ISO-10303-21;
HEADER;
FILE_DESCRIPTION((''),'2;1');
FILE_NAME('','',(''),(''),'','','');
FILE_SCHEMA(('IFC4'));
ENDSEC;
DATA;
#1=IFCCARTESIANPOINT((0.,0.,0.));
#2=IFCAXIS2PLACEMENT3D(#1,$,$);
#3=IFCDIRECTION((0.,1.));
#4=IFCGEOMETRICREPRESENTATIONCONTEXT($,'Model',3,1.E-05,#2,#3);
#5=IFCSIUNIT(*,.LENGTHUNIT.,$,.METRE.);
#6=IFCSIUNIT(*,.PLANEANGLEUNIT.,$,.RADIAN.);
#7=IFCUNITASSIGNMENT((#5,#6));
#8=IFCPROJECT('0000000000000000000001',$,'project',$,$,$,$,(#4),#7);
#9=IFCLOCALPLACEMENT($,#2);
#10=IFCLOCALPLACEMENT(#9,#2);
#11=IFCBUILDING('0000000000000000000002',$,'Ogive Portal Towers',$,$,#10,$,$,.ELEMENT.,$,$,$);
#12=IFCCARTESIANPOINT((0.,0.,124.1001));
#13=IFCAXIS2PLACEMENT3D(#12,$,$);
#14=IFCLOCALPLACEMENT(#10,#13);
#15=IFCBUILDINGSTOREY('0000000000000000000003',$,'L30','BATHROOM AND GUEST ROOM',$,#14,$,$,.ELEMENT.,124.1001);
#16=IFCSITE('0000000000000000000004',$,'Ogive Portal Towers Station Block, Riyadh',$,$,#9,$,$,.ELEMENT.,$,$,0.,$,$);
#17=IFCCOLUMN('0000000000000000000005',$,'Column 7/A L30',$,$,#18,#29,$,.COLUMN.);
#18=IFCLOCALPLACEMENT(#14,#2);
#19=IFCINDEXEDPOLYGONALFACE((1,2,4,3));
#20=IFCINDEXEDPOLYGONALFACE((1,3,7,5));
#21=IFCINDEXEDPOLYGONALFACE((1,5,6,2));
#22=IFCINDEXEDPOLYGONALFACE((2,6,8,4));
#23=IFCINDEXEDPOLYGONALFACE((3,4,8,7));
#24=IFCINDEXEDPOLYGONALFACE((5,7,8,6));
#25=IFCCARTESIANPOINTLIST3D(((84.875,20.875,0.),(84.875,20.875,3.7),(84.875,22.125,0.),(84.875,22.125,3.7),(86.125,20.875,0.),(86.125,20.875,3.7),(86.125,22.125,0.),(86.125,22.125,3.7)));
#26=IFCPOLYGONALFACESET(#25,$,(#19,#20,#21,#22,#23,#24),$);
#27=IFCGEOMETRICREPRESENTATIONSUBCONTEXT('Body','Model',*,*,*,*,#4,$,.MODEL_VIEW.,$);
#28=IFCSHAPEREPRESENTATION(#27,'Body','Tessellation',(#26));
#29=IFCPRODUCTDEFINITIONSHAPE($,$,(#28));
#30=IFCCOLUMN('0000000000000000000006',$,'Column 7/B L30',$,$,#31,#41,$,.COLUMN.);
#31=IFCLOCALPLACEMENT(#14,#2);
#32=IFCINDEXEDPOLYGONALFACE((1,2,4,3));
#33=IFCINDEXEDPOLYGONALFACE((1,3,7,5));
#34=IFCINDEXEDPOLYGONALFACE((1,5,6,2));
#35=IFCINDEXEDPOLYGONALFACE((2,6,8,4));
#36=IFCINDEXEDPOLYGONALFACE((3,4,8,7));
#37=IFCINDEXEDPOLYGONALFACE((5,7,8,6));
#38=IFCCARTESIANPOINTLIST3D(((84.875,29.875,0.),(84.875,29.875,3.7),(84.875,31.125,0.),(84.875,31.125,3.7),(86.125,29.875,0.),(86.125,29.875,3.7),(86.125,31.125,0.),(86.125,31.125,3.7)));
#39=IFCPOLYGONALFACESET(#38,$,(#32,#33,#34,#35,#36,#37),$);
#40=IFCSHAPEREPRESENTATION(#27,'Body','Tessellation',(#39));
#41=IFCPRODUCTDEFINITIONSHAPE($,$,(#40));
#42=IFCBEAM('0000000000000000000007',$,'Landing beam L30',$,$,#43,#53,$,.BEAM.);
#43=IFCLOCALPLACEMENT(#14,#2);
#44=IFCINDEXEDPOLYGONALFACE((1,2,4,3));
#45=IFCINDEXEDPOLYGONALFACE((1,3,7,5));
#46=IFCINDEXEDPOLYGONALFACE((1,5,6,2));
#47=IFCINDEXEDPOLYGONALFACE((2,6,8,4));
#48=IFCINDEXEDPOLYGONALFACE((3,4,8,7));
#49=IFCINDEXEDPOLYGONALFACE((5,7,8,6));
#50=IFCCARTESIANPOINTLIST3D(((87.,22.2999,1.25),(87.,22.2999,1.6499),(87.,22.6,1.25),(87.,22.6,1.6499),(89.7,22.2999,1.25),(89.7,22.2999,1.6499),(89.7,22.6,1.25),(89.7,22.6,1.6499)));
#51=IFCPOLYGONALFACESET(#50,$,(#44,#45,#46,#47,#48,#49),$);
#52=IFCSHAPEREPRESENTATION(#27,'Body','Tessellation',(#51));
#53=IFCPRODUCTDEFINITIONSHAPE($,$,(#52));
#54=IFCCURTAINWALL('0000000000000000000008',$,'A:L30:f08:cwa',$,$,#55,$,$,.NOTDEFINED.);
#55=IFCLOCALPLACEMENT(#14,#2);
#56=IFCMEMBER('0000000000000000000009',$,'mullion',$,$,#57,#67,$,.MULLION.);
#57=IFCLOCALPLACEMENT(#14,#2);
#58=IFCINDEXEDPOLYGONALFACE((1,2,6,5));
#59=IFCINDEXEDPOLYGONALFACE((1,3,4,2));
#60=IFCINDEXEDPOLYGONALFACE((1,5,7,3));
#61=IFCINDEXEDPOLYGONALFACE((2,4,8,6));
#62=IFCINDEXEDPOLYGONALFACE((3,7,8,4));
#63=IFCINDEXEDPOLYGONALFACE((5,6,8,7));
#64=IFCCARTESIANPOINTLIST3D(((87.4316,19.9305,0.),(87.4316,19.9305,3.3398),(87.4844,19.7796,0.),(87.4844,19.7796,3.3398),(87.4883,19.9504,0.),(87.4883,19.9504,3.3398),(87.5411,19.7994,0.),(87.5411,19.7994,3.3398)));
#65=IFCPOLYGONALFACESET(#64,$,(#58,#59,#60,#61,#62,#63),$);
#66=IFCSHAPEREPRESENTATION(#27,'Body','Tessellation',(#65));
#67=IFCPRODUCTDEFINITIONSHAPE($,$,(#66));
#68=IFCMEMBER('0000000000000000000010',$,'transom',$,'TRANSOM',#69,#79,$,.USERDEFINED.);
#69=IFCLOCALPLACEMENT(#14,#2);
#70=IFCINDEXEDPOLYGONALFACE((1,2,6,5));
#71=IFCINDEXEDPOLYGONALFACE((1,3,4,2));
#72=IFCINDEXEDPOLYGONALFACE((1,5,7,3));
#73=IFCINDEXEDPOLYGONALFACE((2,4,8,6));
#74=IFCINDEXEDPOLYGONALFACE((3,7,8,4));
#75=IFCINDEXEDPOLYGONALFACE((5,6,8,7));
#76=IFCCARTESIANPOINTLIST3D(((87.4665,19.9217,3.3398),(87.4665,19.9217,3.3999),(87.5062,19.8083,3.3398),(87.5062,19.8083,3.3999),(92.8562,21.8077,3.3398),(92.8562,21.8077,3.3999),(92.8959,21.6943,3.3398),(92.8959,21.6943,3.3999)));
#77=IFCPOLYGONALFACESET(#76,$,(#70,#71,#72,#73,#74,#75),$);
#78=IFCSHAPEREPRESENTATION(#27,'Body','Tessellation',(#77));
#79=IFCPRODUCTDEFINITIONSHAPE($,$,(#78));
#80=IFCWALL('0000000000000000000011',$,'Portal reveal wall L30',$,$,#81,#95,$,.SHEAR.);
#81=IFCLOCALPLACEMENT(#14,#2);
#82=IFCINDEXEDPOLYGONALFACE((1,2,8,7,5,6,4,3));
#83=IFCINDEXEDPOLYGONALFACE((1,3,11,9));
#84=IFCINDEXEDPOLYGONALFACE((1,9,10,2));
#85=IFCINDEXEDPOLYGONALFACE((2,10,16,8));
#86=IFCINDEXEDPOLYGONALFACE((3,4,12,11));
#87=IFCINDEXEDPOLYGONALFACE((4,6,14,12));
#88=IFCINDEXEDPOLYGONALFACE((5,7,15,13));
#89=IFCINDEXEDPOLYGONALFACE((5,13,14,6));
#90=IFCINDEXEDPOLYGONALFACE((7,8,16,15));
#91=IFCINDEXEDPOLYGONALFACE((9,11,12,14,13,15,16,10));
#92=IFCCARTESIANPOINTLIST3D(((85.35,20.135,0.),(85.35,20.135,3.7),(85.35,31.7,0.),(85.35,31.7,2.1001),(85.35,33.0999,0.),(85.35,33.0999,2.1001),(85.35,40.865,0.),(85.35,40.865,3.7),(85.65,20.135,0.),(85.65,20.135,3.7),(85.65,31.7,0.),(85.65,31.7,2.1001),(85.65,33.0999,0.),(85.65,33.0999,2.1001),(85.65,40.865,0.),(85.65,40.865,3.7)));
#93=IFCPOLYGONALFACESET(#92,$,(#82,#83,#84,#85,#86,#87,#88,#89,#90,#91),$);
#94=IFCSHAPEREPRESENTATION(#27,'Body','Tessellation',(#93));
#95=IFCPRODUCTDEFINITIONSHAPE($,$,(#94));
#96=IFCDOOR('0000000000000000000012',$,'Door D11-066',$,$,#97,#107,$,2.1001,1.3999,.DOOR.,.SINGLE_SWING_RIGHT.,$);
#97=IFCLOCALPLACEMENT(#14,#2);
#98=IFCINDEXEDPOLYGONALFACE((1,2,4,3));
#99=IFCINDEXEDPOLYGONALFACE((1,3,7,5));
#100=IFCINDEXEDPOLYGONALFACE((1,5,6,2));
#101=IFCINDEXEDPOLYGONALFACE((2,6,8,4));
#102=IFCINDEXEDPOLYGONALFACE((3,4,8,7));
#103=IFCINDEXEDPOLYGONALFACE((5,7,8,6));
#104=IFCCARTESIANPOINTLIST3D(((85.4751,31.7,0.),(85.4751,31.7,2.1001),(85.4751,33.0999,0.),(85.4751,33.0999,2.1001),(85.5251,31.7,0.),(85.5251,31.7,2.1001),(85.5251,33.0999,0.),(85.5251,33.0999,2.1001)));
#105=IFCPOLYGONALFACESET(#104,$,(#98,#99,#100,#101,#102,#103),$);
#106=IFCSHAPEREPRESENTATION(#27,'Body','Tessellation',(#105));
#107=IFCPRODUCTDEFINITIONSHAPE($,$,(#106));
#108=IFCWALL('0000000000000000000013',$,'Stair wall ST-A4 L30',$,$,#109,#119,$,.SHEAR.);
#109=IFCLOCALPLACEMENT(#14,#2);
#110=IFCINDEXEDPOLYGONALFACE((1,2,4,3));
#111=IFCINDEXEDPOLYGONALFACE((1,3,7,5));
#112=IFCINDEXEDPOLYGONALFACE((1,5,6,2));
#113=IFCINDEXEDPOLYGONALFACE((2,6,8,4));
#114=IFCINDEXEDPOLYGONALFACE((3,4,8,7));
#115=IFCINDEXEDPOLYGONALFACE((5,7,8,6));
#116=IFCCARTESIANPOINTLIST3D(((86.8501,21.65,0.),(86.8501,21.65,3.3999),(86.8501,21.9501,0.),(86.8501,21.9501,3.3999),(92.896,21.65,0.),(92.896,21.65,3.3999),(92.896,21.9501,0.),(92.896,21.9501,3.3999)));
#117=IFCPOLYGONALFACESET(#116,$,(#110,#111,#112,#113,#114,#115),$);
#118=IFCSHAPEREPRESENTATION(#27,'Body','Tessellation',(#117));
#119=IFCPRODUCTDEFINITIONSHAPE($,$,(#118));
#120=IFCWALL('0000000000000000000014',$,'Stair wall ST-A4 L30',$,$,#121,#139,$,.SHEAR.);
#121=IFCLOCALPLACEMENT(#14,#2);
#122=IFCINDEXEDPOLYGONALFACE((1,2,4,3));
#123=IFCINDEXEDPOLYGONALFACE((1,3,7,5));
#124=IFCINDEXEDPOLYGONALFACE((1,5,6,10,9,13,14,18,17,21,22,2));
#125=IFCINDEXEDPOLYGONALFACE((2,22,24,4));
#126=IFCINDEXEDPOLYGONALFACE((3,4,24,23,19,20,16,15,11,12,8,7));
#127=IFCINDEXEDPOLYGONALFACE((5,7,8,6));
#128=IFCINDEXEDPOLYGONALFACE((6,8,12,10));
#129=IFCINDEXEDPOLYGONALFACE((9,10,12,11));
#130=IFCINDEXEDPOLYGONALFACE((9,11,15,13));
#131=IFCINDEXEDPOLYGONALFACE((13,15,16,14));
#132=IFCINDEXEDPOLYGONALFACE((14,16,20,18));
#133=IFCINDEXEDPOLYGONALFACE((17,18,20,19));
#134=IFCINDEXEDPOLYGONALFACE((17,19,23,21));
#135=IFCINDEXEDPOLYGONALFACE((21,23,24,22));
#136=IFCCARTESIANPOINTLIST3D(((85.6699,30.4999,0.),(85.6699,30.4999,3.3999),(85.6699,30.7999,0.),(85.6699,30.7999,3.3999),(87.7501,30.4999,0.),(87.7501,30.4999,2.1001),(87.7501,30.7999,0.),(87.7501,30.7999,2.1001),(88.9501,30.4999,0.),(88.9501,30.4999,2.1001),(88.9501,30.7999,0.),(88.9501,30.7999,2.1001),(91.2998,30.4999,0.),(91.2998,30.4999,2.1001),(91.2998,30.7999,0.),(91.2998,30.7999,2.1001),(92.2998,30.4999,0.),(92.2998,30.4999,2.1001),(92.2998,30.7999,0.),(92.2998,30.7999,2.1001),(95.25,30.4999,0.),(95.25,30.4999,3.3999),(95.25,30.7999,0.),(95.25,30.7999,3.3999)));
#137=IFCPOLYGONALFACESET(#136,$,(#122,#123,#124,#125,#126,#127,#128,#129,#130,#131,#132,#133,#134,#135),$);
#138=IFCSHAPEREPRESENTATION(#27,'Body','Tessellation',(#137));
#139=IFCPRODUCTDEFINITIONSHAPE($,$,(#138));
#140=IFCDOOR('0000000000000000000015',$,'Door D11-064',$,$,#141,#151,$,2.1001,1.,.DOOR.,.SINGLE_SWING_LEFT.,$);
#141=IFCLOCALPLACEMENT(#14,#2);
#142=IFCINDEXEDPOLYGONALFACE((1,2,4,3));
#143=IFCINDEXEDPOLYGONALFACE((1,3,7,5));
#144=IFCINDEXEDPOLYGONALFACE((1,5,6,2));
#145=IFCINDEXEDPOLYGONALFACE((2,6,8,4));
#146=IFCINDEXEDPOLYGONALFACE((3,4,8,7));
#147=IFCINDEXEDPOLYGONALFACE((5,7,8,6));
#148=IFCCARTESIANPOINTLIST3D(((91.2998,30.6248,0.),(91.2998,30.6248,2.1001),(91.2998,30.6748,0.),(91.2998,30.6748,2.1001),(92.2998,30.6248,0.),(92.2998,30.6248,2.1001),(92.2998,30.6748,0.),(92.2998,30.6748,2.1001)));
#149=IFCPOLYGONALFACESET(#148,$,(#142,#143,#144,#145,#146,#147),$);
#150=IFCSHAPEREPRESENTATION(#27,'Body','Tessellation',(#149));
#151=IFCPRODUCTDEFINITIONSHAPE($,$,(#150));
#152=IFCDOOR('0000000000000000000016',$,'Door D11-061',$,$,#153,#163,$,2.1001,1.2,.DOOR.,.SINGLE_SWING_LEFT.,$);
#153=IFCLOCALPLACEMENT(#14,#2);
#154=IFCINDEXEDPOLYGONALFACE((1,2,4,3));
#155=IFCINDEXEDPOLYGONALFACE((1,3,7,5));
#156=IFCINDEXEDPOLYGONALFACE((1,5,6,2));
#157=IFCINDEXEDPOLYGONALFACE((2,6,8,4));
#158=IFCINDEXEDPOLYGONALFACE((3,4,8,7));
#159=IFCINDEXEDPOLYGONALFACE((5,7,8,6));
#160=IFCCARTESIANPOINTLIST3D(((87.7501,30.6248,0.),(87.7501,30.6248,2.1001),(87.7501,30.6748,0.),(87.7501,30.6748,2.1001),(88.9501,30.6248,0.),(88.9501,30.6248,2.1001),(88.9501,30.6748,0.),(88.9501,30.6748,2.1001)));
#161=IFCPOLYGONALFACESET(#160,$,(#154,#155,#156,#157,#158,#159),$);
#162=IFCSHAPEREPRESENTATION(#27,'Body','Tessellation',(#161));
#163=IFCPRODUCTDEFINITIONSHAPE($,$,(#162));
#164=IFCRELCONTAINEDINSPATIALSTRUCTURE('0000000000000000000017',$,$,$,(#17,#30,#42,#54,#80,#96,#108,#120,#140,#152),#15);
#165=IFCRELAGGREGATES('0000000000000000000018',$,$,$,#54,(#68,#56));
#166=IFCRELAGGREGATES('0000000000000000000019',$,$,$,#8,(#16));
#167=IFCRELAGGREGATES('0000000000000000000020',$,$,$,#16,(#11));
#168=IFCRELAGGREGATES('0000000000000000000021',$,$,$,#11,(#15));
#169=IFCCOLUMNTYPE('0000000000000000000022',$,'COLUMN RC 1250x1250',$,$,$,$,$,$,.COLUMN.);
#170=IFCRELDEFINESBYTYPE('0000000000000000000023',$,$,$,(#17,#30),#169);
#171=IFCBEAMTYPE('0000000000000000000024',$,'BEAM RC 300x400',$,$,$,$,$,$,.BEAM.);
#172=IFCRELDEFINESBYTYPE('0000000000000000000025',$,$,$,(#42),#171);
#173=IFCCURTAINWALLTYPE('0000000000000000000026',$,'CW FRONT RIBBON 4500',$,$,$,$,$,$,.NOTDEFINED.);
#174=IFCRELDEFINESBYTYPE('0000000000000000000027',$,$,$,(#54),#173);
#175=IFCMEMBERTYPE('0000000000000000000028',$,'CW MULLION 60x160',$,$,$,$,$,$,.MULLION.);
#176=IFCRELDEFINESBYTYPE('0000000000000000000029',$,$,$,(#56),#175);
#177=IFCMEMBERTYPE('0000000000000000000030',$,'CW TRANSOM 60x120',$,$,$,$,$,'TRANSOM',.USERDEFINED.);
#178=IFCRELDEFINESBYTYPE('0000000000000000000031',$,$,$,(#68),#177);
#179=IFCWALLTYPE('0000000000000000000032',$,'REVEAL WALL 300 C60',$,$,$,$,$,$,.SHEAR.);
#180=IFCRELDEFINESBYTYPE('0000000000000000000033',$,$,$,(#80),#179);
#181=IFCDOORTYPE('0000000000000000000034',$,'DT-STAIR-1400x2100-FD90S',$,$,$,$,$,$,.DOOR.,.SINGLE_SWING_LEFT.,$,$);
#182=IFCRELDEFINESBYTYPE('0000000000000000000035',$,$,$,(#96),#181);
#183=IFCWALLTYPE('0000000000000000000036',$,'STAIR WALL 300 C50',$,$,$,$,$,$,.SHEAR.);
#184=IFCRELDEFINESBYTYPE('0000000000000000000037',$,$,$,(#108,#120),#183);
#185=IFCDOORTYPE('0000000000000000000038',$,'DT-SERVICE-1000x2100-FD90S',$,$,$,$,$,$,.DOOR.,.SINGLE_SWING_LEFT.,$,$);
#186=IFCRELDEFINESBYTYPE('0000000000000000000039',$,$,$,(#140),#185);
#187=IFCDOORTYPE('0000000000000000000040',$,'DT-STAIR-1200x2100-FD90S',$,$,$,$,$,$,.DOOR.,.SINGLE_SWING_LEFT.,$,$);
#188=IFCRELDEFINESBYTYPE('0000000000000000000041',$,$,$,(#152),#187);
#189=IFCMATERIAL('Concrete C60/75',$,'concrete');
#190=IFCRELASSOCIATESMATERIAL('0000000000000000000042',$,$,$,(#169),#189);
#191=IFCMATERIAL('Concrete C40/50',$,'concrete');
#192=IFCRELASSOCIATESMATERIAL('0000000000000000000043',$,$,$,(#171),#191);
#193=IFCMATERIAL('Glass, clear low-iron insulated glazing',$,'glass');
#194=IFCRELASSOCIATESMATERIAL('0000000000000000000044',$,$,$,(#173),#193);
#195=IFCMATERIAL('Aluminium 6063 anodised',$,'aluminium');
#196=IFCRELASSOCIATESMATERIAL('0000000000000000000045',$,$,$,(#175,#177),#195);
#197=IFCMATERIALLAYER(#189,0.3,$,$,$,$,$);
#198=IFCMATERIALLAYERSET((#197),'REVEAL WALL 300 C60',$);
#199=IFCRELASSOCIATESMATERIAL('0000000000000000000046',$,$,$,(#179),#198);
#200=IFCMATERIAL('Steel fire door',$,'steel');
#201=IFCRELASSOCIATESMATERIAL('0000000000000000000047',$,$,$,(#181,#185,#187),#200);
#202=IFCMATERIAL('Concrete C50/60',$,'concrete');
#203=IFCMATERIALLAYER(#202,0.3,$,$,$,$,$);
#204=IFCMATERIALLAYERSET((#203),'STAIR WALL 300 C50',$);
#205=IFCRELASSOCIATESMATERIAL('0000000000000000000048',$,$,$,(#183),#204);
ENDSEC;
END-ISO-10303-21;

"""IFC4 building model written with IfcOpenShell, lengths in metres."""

from ifc_helpers import new_model, si_unit, direction, frame, frame_2d, origin, origin_2d, place, context, subcontext, project, spatial, rectangle, extrude, material, layer, layer_set, material_profile, profile_set, type_object, element, fill, aggregate, save


model = new_model("IFC4")

# Units and contexts
model_context = context("Model", 3, precision=1e-05, world=origin(), true_north=direction((0.0, 1.0)))
body_context = subcontext(model_context, "Body", "Model", "MODEL_VIEW")
ifc_project = project(units=[si_unit("LENGTHUNIT", "METRE"), si_unit("PLANEANGLEUNIT", "RADIAN")], contexts=[model_context])

# Site, building, storey
site_placement = place(None, origin())
site = spatial("IfcSite", under=ifc_project, at=site_placement, Name="Ogive Portal Towers Station Block, Riyadh", CompositionType="ELEMENT", RefElevation=0.0)
building_placement = place(site_placement, origin())
building = spatial("IfcBuilding", under=site, at=building_placement, Name="Ogive Portal Towers", CompositionType="ELEMENT")
storey_placement = place(building_placement, frame((0.0, 0.0, 124.1001)))
storey = spatial("IfcBuildingStorey", under=building, at=storey_placement, Name="L30", Description="BATHROOM AND GUEST ROOM", CompositionType="ELEMENT", Elevation=124.1001)

# Columns
ifc_material_1 = material(Name="Concrete C60/75", Category="concrete")
ifc_material_profile_1 = material_profile(ifc_material_1, rectangle(XDim=1.25, YDim=1.25, at=origin_2d()), Name="RC 1250x1250")
ifc_profile_set_1 = profile_set([ifc_material_profile_1], Name="Concrete C60/75")
column_type = type_object("IfcColumnType", Name="COLUMN RC 1250x1250", PredefinedType="COLUMN", material=ifc_profile_set_1)
for number, where, z_axis, x_axis, name in (
    (1, (85.5, 21.5, 0.0), (0.0, 0.0, 1.0), (1.0, 0.0, 0.0), "Column 7/A L30"),
    (2, (85.5, 30.5, 0.0), (0.0, 0.0, 1.0), (1.0, 0.0, 0.0), "Column 7/B L30"),
):
    element("IfcColumn", number, at=place(storey_placement, frame(where, z_axis=z_axis, x_axis=x_axis)), inside=storey, type_object=column_type, Name=name, PredefinedType="COLUMN", context=body_context, shape_type="SweptSolid", body=[
        extrude(rectangle(XDim=1.25, YDim=1.25, at=origin_2d()), origin(), (0.0, 0.0, 1.0), 3.7),
    ])

# Beam
ifc_material_2 = material(Name="Concrete C40/50", Category="concrete")
ifc_material_profile_2 = material_profile(ifc_material_2, rectangle(XDim=0.3, YDim=0.3999, at=origin_2d()), Name="RC 300x400")
ifc_profile_set_2 = profile_set([ifc_material_profile_2], Name="Concrete C40/50")
beam_type = type_object("IfcBeamType", Name="BEAM RC 300x400", PredefinedType="BEAM", material=ifc_profile_set_2)
beam_placement = place(storey_placement, frame((87.0, 22.45, 1.45), z_axis=(1.0, 0.0, 0.0), x_axis=(0.0, 1.0, 0.0)))
element("IfcBeam", 3, at=beam_placement, inside=storey, type_object=beam_type, Name="Landing beam L30", PredefinedType="BEAM", context=body_context, shape_type="SweptSolid", body=[
    extrude(rectangle(XDim=0.3, YDim=0.3999, at=origin_2d()), origin(), (0.0, 0.0, 1.0), 2.7),
])

# Curtain wall, members
ifc_material_3 = material(Name="Glass, clear low-iron insulated glazing", Category="glass")
curtain_wall_type = type_object("IfcCurtainWallType", Name="CW FRONT RIBBON 4500", PredefinedType="NOTDEFINED", material=ifc_material_3)
curtain_wall_placement = place(storey_placement, origin())
curtain_wall = element("IfcCurtainWall", 4, at=curtain_wall_placement, inside=storey, type_object=curtain_wall_type, Name="A:L30:f08:cwa", PredefinedType="NOTDEFINED")
ifc_material_4 = material(Name="Aluminium 6063 anodised", Category="aluminium")
ifc_material_profile_3 = material_profile(ifc_material_4, rectangle(XDim=0.1599, YDim=0.0601, at=origin_2d()), Name="AL 60x160")
ifc_profile_set_3 = profile_set([ifc_material_profile_3], Name="Aluminium 6063 anodised")
member_type_1 = type_object("IfcMemberType", Name="CW MULLION 60x160", PredefinedType="MULLION", material=ifc_profile_set_3)
member_1_placement = place(storey_placement, frame((87.4863, 19.865, 0.0), z_axis=(0.0, 0.0, 1.0), x_axis=(-0.330279, 0.943883, 0.0)))
member_1 = element("IfcMember", 5, at=member_1_placement, type_object=member_type_1, Name="mullion", PredefinedType="MULLION", context=body_context, shape_type="SweptSolid", body=[
    extrude(rectangle(XDim=0.1599, YDim=0.0601, at=origin_2d()), origin(), (0.0, 0.0, 1.0), 3.3398),
])
ifc_material_profile_4 = material_profile(ifc_material_4, rectangle(XDim=0.1201, YDim=0.0601, at=origin_2d()), Name="AL 120x60")
ifc_profile_set_4 = profile_set([ifc_material_profile_4], Name="Aluminium 6063 anodised")
member_type_2 = type_object("IfcMemberType", Name="CW TRANSOM 60x120", ElementType="TRANSOM", PredefinedType="USERDEFINED", material=ifc_profile_set_4)
member_2_placement = place(storey_placement, frame((87.4863, 19.865, 3.3699), z_axis=(0.94388, 0.330289, 0.0), x_axis=(-0.330289, 0.94388, 0.0)))
member_2 = element("IfcMember", 6, at=member_2_placement, type_object=member_type_2, Name="transom", ObjectType="TRANSOM", PredefinedType="USERDEFINED", context=body_context, shape_type="SweptSolid", body=[
    extrude(rectangle(XDim=0.1201, YDim=0.0601, at=origin_2d()), origin(), (0.0, 0.0, 1.0), 5.7102),
])
aggregate(curtain_wall, [member_2, member_1])

# Wall, opening, door
ifc_layer_1 = layer(ifc_material_1, 0.3)
ifc_layer_set_1 = layer_set([ifc_layer_1], Name="REVEAL WALL 300 C60")
wall_type_1 = type_object("IfcWallType", Name="REVEAL WALL 300 C60", PredefinedType="SHEAR", material=ifc_layer_set_1)
wall_1_placement = place(storey_placement, frame((85.5, 20.135, 0.0), z_axis=(0.0, 0.0, 1.0), x_axis=(0.0, 1.0, 0.0)))
wall_1 = element("IfcWall", 7, at=wall_1_placement, inside=storey, type_object=wall_type_1, Name="Portal reveal wall L30", PredefinedType="SHEAR", context=body_context, shape_type="SweptSolid", body=[
    extrude(rectangle(XDim=20.73, YDim=0.3, at=frame_2d((10.365, 0.0))), origin(), (0.0, 0.0, 1.0), 3.7),
])
opening_1_placement = place(wall_1_placement, frame((11.5649, 0.0, 0.0)))
opening_1 = element("IfcOpeningElement", 8, at=opening_1_placement, cuts=wall_1, PredefinedType="OPENING", context=body_context, shape_type="SweptSolid", body=[
    extrude(rectangle(XDim=1.3999, YDim=2.1001, at=frame_2d((0.7, 1.05))), frame((0.0, 0.1602, 0.0), z_axis=(0.0, -1.0, 0.0), x_axis=(1.0, 0.0, 0.0)), (0.0, 0.0, 1.0), 0.3201),
])
ifc_material_5 = material(Name="Steel fire door", Category="steel")
door_type_1 = type_object("IfcDoorType", Name="DT-STAIR-1400x2100-FD90S", OperationType="SINGLE_SWING_LEFT", PredefinedType="DOOR", material=ifc_material_5)
door_1_placement = place(opening_1_placement, origin())
door_1 = element("IfcDoor", 9, at=door_1_placement, inside=storey, type_object=door_type_1, Name="Door D11-066", OperationType="SINGLE_SWING_RIGHT", OverallHeight=2.1001, OverallWidth=1.3999, PredefinedType="DOOR", context=body_context, shape_type="SweptSolid", body=[
    extrude(rectangle(XDim=1.3999, YDim=2.1001, at=frame_2d((0.7, 1.05))), frame((0.0, 0.0249, 0.0), z_axis=(0.0, -1.0, 0.0), x_axis=(1.0, 0.0, 0.0)), (0.0, 0.0, 1.0), 0.05),
])
fill(opening_1, door_1)

# Wall
ifc_material_6 = material(Name="Concrete C50/60", Category="concrete")
ifc_layer_2 = layer(ifc_material_6, 0.3)
ifc_layer_set_2 = layer_set([ifc_layer_2], Name="STAIR WALL 300 C50")
wall_type_2 = type_object("IfcWallType", Name="STAIR WALL 300 C50", PredefinedType="SHEAR", material=ifc_layer_set_2)
wall_2_placement = place(storey_placement, frame((86.8501, 21.8, 0.0), z_axis=(0.0, 0.0, 1.0), x_axis=(1.0, 0.0, 0.0)))
element("IfcWall", 10, at=wall_2_placement, inside=storey, type_object=wall_type_2, Name="Stair wall ST-A4 L30", PredefinedType="SHEAR", context=body_context, shape_type="SweptSolid", body=[
    extrude(rectangle(XDim=6.0459, YDim=0.3, at=frame_2d((3.0229, 0.0))), origin(), (0.0, 0.0, 1.0), 3.3999),
])

# Wall, openings, doors
wall_3_placement = place(storey_placement, frame((85.6699, 30.6499, 0.0), z_axis=(0.0, 0.0, 1.0), x_axis=(1.0, 0.0, 0.0)))
wall_3 = element("IfcWall", 11, at=wall_3_placement, inside=storey, type_object=wall_type_2, Name="Stair wall ST-A4 L30", PredefinedType="SHEAR", context=body_context, shape_type="SweptSolid", body=[
    extrude(rectangle(XDim=9.5801, YDim=0.3, at=frame_2d((4.79, 0.0))), origin(), (0.0, 0.0, 1.0), 3.3999),
])
opening_2_placement = place(wall_3_placement, frame((2.0801, 0.0, 0.0)))
opening_2 = element("IfcOpeningElement", 12, at=opening_2_placement, cuts=wall_3, PredefinedType="OPENING", context=body_context, shape_type="SweptSolid", body=[
    extrude(rectangle(XDim=1.2, YDim=2.1001, at=frame_2d((0.6001, 1.05))), frame((0.0, 0.1602, 0.0), z_axis=(0.0, -1.0, 0.0), x_axis=(1.0, 0.0, 0.0)), (0.0, 0.0, 1.0), 0.3201),
])
opening_3_placement = place(wall_3_placement, frame((5.6299, 0.0, 0.0)))
opening_3 = element("IfcOpeningElement", 13, at=opening_3_placement, cuts=wall_3, PredefinedType="OPENING", context=body_context, shape_type="SweptSolid", body=[
    extrude(rectangle(XDim=1.0, YDim=2.1001, at=frame_2d((0.5, 1.05))), frame((0.0, 0.1602, 0.0), z_axis=(0.0, -1.0, 0.0), x_axis=(1.0, 0.0, 0.0)), (0.0, 0.0, 1.0), 0.3201),
])
door_type_2 = type_object("IfcDoorType", Name="DT-SERVICE-1000x2100-FD90S", OperationType="SINGLE_SWING_LEFT", PredefinedType="DOOR", material=ifc_material_5)
door_2_placement = place(opening_3_placement, origin())
door_2 = element("IfcDoor", 14, at=door_2_placement, inside=storey, type_object=door_type_2, Name="Door D11-064", OperationType="SINGLE_SWING_LEFT", OverallHeight=2.1001, OverallWidth=1.0, PredefinedType="DOOR", context=body_context, shape_type="SweptSolid", body=[
    extrude(rectangle(XDim=1.0, YDim=2.1001, at=frame_2d((0.5, 1.05))), frame((0.0, 0.0249, 0.0), z_axis=(0.0, -1.0, 0.0), x_axis=(1.0, 0.0, 0.0)), (0.0, 0.0, 1.0), 0.05),
])
fill(opening_3, door_2)
door_type_3 = type_object("IfcDoorType", Name="DT-STAIR-1200x2100-FD90S", OperationType="SINGLE_SWING_LEFT", PredefinedType="DOOR", material=ifc_material_5)
door_3_placement = place(opening_2_placement, origin())
door_3 = element("IfcDoor", 15, at=door_3_placement, inside=storey, type_object=door_type_3, Name="Door D11-061", OperationType="SINGLE_SWING_LEFT", OverallHeight=2.1001, OverallWidth=1.2, PredefinedType="DOOR", context=body_context, shape_type="SweptSolid", body=[
    extrude(rectangle(XDim=1.2, YDim=2.1001, at=frame_2d((0.6001, 1.05))), frame((0.0, 0.0249, 0.0), z_axis=(0.0, -1.0, 0.0), x_axis=(1.0, 0.0, 0.0)), (0.0, 0.0, 1.0), 0.05),
])
fill(opening_2, door_3)

save(model, "model.ifc")
